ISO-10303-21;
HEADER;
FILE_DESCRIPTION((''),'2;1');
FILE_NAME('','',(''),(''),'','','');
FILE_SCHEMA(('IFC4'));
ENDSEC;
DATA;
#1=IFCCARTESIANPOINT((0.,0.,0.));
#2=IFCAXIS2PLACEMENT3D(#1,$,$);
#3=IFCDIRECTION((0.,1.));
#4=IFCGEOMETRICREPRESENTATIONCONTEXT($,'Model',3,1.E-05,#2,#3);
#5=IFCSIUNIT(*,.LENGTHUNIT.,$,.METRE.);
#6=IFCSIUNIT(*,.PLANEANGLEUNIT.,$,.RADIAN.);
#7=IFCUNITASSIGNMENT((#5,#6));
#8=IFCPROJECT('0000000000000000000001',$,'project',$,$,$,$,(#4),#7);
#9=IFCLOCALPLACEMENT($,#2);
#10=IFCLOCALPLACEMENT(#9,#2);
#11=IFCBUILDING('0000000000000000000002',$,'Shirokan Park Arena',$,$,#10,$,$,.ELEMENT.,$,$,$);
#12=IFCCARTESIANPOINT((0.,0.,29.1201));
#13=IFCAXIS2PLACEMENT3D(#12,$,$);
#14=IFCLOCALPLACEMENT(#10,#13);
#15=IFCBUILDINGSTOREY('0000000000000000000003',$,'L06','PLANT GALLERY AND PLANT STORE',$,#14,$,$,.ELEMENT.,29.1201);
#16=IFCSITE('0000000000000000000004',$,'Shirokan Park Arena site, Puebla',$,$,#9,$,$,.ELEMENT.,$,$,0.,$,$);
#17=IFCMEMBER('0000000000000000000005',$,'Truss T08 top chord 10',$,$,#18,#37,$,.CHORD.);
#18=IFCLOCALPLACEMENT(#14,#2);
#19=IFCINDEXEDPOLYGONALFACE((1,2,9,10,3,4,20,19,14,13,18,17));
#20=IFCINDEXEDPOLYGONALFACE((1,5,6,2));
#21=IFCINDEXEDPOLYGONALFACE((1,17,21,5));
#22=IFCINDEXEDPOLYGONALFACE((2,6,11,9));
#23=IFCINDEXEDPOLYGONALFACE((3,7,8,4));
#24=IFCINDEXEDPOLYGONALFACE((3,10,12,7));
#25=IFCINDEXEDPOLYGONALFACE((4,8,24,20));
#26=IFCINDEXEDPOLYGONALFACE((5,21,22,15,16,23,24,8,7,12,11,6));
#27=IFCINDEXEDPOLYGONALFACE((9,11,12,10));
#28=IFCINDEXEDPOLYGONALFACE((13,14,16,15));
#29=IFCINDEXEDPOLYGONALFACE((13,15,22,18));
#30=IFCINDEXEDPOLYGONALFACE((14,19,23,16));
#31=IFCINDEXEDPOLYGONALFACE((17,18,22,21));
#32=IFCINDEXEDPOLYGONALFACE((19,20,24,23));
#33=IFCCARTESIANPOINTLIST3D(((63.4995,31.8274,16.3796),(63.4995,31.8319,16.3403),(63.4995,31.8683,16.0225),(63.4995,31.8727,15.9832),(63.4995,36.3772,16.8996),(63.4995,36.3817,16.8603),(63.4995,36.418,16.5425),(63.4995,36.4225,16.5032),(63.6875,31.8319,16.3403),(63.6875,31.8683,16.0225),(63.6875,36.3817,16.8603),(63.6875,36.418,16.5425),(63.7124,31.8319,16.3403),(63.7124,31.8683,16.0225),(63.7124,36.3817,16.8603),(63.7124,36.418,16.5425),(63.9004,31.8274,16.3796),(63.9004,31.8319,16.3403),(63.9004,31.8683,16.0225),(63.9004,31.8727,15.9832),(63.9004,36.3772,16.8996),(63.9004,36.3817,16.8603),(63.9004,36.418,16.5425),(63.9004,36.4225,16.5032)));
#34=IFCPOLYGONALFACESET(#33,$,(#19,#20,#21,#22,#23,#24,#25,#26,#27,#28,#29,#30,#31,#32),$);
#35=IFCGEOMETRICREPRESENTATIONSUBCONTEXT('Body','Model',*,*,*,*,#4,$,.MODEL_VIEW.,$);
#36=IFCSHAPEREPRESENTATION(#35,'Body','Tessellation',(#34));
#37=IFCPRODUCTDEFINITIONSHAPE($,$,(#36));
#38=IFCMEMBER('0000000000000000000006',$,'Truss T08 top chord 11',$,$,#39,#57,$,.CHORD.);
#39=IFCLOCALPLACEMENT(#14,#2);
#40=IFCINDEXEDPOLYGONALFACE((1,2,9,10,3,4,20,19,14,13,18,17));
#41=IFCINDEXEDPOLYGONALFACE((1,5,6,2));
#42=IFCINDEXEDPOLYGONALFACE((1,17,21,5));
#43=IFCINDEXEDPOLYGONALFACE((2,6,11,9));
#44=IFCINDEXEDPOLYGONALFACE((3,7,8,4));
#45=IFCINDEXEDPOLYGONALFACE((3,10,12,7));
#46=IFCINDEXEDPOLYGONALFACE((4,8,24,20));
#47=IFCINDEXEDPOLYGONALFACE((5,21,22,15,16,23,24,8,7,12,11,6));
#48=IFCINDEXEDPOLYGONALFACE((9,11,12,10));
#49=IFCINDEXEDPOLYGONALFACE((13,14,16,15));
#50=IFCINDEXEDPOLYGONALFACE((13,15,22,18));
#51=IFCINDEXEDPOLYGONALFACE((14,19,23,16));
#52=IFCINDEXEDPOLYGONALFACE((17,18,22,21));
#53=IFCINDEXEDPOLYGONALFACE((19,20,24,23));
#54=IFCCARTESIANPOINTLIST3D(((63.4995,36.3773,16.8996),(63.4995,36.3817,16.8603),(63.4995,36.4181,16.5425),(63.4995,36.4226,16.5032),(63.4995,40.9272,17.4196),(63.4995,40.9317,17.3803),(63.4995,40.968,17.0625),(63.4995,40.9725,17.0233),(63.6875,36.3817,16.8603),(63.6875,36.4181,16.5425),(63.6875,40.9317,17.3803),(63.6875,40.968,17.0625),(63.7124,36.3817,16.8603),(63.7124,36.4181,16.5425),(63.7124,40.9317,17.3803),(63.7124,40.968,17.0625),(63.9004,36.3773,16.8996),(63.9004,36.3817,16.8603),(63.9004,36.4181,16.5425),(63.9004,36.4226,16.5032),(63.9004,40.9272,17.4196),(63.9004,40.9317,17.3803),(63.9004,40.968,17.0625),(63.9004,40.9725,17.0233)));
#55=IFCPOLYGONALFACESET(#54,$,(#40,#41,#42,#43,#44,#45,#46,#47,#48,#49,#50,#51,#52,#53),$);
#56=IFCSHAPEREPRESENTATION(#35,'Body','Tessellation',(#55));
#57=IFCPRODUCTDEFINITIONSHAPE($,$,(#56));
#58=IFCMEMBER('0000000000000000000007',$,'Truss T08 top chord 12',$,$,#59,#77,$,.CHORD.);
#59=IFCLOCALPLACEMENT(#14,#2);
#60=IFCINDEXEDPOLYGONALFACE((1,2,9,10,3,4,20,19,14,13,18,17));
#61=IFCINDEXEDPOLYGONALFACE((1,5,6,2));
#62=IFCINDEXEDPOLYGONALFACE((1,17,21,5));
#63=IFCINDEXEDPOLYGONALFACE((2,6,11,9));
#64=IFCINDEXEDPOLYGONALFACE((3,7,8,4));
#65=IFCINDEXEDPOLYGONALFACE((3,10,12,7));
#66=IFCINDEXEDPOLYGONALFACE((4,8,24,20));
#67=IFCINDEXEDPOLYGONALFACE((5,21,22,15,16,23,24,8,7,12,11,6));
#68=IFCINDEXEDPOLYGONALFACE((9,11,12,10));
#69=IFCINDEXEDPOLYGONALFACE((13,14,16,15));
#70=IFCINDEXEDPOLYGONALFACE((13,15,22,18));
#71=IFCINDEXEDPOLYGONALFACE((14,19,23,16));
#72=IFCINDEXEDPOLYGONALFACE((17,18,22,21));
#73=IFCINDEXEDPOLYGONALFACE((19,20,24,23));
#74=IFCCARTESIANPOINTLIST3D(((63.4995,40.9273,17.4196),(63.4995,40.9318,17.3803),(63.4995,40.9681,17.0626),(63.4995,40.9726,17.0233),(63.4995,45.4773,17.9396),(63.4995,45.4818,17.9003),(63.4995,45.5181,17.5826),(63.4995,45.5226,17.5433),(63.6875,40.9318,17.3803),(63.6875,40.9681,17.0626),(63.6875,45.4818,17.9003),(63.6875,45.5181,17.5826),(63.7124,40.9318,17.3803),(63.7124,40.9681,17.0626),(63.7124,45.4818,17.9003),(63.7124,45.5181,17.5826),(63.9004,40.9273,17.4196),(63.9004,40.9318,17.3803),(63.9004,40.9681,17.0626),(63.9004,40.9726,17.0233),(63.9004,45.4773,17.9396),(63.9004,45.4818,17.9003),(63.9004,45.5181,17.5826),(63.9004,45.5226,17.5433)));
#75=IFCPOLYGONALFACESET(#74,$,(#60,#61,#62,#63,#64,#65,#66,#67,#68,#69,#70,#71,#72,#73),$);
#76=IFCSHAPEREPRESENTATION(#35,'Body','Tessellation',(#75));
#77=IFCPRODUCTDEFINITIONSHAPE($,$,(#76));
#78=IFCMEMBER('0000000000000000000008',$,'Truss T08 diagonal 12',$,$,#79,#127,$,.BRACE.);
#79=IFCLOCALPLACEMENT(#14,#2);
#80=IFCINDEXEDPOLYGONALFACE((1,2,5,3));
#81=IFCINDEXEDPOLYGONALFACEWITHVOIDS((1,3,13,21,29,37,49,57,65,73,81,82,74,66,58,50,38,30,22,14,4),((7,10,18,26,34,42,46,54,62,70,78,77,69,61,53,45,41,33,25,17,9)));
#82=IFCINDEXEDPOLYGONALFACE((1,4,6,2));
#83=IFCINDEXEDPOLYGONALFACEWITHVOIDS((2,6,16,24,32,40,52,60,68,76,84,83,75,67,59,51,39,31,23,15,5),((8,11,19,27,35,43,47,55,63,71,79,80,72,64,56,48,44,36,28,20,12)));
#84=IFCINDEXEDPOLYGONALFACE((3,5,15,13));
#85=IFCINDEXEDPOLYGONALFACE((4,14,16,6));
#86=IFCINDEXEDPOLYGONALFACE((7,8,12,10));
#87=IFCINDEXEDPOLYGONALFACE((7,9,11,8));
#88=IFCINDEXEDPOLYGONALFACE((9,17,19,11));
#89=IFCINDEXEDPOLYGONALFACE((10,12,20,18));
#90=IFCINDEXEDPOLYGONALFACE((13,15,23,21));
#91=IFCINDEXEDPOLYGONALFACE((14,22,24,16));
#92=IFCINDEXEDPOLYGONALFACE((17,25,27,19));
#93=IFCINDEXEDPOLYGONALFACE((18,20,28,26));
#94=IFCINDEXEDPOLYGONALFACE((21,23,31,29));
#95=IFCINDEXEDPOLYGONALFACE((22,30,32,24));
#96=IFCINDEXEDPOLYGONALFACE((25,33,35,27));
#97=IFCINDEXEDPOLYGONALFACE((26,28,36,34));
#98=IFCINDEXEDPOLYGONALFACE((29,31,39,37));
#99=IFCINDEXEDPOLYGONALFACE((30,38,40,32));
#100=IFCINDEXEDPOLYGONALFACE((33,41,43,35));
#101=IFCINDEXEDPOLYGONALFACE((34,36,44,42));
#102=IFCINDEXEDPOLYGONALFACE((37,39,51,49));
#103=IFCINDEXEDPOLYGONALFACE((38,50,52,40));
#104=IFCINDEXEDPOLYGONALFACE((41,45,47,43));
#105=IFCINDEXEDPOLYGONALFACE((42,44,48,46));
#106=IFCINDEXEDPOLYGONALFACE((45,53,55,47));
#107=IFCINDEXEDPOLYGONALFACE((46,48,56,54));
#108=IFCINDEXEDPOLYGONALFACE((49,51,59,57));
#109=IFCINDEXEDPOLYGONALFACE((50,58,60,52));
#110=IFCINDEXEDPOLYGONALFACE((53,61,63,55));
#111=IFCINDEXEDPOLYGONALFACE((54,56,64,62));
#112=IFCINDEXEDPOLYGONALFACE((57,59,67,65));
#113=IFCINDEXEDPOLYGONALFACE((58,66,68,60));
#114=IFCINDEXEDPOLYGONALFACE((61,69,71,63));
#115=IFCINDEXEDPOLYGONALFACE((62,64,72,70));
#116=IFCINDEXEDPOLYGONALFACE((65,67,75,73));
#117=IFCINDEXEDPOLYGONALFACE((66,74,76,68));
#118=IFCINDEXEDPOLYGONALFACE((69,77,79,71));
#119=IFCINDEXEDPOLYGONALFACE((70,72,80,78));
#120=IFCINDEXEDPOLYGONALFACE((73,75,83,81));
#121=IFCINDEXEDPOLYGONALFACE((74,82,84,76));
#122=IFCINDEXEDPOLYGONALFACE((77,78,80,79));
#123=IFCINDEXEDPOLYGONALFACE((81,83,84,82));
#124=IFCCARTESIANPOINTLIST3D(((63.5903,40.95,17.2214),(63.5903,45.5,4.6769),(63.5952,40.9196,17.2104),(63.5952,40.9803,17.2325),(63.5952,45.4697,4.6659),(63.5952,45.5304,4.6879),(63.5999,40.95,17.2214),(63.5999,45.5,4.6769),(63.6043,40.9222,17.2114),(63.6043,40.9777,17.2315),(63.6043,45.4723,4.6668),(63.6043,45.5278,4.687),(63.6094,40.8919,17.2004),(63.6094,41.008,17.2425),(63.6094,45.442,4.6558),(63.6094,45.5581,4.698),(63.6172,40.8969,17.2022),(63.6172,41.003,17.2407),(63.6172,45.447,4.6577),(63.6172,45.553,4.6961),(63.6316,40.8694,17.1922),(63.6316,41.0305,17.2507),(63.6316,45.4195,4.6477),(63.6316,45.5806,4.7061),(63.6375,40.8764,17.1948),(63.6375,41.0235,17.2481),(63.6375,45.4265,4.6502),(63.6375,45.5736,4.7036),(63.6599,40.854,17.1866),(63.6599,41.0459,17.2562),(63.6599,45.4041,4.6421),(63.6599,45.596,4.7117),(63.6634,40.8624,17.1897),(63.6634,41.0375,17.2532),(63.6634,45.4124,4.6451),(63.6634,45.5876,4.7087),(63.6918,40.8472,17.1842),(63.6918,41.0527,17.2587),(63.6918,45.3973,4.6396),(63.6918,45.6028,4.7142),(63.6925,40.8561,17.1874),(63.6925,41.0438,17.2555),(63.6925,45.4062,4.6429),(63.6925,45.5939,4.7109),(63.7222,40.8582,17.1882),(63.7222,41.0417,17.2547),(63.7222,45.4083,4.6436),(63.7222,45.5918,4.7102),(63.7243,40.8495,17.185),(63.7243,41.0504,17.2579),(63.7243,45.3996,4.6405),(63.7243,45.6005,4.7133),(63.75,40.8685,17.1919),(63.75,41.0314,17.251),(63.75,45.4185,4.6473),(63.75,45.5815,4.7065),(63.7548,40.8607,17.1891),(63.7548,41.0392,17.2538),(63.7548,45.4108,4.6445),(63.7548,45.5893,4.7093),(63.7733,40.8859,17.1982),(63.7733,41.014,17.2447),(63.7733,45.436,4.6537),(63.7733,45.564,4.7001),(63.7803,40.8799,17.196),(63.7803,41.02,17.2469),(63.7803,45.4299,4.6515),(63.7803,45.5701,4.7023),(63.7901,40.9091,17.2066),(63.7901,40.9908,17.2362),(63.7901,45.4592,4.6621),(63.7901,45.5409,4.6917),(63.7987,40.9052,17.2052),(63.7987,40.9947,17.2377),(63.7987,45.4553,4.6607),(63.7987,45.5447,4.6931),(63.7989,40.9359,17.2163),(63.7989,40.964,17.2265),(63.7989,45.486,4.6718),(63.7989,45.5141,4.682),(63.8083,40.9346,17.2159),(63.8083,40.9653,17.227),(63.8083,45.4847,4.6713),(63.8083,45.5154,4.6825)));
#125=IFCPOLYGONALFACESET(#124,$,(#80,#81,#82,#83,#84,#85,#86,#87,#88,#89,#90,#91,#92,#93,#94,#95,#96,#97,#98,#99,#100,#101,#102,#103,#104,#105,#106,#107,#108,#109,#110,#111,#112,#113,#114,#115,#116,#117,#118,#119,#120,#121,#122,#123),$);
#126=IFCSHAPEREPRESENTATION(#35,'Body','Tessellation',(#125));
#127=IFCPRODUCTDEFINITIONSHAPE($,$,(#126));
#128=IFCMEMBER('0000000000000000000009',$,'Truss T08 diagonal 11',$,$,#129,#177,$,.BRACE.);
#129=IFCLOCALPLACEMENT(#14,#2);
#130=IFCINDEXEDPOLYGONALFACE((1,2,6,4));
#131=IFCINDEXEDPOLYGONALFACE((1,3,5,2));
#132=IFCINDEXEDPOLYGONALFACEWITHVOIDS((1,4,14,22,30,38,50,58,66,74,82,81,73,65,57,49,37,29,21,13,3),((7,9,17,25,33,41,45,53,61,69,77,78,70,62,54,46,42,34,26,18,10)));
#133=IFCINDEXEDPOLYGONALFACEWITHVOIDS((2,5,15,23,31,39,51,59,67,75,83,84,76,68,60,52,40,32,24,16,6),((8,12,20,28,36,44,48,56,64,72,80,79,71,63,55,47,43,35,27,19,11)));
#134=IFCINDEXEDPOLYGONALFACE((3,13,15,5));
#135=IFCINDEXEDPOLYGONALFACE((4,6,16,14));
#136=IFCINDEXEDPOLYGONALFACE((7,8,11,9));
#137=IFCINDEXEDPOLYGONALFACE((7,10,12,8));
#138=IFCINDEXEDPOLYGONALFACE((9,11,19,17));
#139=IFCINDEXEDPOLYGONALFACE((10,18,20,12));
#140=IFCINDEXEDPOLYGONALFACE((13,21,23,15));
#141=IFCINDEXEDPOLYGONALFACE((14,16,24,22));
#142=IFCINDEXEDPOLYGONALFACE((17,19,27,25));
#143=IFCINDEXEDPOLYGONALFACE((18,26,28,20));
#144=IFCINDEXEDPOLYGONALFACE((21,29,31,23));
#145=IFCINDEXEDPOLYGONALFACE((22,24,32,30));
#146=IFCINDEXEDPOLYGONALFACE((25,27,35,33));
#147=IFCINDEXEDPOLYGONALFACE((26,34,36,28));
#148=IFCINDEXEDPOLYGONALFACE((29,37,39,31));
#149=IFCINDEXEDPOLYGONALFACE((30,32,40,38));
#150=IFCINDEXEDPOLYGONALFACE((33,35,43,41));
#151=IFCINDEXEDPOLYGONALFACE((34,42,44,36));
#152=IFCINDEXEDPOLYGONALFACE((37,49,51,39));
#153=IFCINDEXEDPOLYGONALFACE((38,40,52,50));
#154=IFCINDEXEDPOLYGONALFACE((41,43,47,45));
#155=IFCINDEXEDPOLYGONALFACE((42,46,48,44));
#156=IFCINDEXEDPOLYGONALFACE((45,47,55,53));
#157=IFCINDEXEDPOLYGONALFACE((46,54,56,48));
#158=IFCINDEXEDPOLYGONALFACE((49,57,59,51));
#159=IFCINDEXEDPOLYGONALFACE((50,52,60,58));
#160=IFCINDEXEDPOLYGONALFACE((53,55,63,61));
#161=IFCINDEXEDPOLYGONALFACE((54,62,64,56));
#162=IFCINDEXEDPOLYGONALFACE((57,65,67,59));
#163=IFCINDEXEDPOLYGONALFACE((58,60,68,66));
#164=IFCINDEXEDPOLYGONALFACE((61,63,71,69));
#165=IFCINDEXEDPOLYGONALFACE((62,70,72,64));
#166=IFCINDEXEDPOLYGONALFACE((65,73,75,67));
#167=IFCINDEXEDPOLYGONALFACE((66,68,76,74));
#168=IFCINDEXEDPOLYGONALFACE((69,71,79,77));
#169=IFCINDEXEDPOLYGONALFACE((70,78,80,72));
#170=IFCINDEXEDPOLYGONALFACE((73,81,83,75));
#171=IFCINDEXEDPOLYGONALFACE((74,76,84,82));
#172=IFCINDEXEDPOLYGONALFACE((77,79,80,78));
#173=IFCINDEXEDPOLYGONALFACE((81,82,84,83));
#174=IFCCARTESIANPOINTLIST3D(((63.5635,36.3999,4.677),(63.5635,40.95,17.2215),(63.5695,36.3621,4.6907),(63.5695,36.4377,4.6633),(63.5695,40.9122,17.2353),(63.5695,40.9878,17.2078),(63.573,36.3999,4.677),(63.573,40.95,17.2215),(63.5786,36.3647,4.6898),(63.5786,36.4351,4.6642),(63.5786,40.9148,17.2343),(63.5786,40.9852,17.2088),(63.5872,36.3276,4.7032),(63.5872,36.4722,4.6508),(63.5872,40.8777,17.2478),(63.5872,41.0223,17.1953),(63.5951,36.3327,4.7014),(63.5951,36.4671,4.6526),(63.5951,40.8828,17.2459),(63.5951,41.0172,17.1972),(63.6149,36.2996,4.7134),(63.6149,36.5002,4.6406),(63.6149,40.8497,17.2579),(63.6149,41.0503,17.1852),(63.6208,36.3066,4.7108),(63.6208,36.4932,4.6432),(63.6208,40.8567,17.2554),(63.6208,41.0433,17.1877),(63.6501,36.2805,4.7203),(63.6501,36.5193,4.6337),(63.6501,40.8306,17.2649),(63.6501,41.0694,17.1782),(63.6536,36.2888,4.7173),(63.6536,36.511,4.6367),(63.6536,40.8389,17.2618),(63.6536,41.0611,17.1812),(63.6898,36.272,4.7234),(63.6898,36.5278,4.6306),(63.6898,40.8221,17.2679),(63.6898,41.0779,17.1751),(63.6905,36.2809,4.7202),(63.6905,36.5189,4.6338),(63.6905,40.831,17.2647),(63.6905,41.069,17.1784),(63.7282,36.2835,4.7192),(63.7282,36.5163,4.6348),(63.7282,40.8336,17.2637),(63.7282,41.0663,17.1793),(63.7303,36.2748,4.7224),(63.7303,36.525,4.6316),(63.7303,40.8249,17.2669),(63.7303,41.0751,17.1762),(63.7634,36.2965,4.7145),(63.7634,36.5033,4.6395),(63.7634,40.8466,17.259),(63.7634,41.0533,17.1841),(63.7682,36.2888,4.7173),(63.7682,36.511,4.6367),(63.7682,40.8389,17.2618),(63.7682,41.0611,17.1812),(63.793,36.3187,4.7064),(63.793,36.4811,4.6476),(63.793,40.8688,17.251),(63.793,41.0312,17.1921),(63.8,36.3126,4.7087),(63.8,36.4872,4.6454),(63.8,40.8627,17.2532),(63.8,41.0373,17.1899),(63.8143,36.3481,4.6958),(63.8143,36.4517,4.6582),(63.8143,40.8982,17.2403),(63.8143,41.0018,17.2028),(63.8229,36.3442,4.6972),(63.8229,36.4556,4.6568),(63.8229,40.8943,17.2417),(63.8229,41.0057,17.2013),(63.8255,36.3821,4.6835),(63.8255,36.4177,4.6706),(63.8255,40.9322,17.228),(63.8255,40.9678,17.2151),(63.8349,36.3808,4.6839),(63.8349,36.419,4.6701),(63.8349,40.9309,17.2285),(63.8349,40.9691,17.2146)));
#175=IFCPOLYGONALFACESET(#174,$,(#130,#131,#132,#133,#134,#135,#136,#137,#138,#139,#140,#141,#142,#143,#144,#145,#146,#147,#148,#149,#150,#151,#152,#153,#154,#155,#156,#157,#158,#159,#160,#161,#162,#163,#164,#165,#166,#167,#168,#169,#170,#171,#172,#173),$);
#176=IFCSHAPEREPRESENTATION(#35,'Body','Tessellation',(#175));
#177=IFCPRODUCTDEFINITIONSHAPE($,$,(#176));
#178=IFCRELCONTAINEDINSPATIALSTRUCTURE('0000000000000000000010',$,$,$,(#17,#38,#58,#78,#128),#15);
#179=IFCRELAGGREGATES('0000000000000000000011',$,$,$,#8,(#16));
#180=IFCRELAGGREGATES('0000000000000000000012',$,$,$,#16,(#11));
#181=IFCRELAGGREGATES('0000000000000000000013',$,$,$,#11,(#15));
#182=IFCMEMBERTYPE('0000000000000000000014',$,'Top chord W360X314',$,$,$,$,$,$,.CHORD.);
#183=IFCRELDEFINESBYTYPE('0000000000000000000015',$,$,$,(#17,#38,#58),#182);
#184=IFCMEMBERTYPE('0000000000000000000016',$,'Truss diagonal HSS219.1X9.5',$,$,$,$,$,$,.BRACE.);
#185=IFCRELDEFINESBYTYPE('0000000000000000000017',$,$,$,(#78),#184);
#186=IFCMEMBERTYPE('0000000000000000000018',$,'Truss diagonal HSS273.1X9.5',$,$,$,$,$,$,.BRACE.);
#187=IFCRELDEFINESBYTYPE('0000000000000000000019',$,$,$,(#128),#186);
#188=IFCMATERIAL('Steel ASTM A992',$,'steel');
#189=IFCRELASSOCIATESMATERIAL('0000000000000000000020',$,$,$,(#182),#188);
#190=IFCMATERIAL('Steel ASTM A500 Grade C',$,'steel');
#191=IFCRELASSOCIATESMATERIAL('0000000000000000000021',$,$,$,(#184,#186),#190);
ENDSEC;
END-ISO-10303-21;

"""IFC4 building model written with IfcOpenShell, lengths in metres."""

from ifc_helpers import new_model, si_unit, direction, frame, origin, origin_2d, place, context, subcontext, project, spatial, hollow_circle, i_section, extrude, material, material_profile, profile_set, type_object, element, save


model = new_model("IFC4")

# Units and contexts
model_context = context("Model", 3, precision=1e-05, world=origin(), true_north=direction((0.0, 1.0)))
body_context = subcontext(model_context, "Body", "Model", "MODEL_VIEW")
ifc_project = project(units=[si_unit("LENGTHUNIT", "METRE"), si_unit("PLANEANGLEUNIT", "RADIAN")], contexts=[model_context])

# Site, building, storey
site_placement = place(None, origin())
site = spatial("IfcSite", under=ifc_project, at=site_placement, Name="Shirokan Park Arena site, Puebla", CompositionType="ELEMENT", RefElevation=0.0)
building_placement = place(site_placement, origin())
building = spatial("IfcBuilding", under=site, at=building_placement, Name="Shirokan Park Arena", CompositionType="ELEMENT")
storey_placement = place(building_placement, frame((0.0, 0.0, 29.1201)))
storey = spatial("IfcBuildingStorey", under=building, at=storey_placement, Name="L06", Description="PLANT GALLERY AND PLANT STORE", CompositionType="ELEMENT", Elevation=29.1201)

# Members
ifc_material_1 = material(Name="Steel ASTM A992", Category="steel")
ifc_material_2 = material(Name="Steel ASTM A500 Grade C", Category="steel")
ifc_material_profile_1 = material_profile(ifc_material_1, i_section(OverallWidth=0.4009, OverallDepth=0.3989, WebThickness=0.0249, FlangeThickness=0.0396, at=origin_2d()), Name="W360X314")
ifc_profile_set_1 = profile_set([ifc_material_profile_1], Name="Steel ASTM A992")
member_type_1 = type_object("IfcMemberType", Name="Top chord W360X314", PredefinedType="CHORD", material=ifc_profile_set_1)
member_1_placement = place(storey_placement, frame((63.7, 31.8501, 16.1814), z_axis=(0.0, 0.993532, 0.113556), x_axis=(-1.0, 0.0, 0.0)))
element("IfcMember", 1, at=member_1_placement, inside=storey, type_object=member_type_1, Name="Truss T08 top chord 10", PredefinedType="CHORD", context=body_context, shape_type="SweptSolid", body=[
    extrude(i_section(OverallWidth=0.4009, OverallDepth=0.3989, WebThickness=0.0249, FlangeThickness=0.0396, at=origin_2d()), origin(), (0.0, 0.0, 1.0), 4.5793),
])
for number, where, z_axis, x_axis, name in (
    (2, (63.7, 36.3999, 16.7014), (0.0, 0.993532, 0.11355), (-1.0, 0.0, 0.0), "Truss T08 top chord 11"),
    (3, (63.7, 40.95, 17.2214), (0.0, 0.993532, 0.11355), (-1.0, 0.0, 0.0), "Truss T08 top chord 12"),
):
    element("IfcMember", number, at=place(storey_placement, frame(where, z_axis=z_axis, x_axis=x_axis)), inside=storey, type_object=member_type_1, Name=name, PredefinedType="CHORD", context=body_context, shape_type="SweptSolid", body=[
        extrude(i_section(OverallWidth=0.4009, OverallDepth=0.3989, WebThickness=0.0249, FlangeThickness=0.0396, at=origin_2d()), origin(), (0.0, 0.0, 1.0), 4.5796),
    ])
ifc_material_profile_2 = material_profile(ifc_material_2, hollow_circle(Radius=0.1096, WallThickness=0.0095, at=origin_2d()), Name="HSS219.1X9.5")
ifc_profile_set_2 = profile_set([ifc_material_profile_2], Name="Steel ASTM A500 Grade C")
member_type_2 = type_object("IfcMemberType", Name="Truss diagonal HSS219.1X9.5", PredefinedType="BRACE", material=ifc_profile_set_2)
member_2_placement = place(storey_placement, frame((63.7, 40.95, 17.2214), z_axis=(0.0, 0.340978, -0.940071), x_axis=(-1.0, 0.0, 0.0)))
element("IfcMember", 4, at=member_2_placement, inside=storey, type_object=member_type_2, Name="Truss T08 diagonal 12", PredefinedType="BRACE", context=body_context, shape_type="SweptSolid", body=[
    extrude(hollow_circle(Radius=0.1096, WallThickness=0.0095, at=origin_2d()), origin(), (0.0, 0.0, 1.0), 13.3442),
])
ifc_material_profile_3 = material_profile(ifc_material_2, hollow_circle(Radius=0.1365, WallThickness=0.0095, at=origin_2d()), Name="HSS273.1X9.5")
ifc_profile_set_3 = profile_set([ifc_material_profile_3], Name="Steel ASTM A500 Grade C")
member_type_3 = type_object("IfcMemberType", Name="Truss diagonal HSS273.1X9.5", PredefinedType="BRACE", material=ifc_profile_set_3)
member_3_placement = place(storey_placement, frame((63.7, 36.3999, 4.677), z_axis=(0.0, 0.340978, 0.940071), x_axis=(-1.0, 0.0, 0.0)))
element("IfcMember", 5, at=member_3_placement, inside=storey, type_object=member_type_3, Name="Truss T08 diagonal 11", PredefinedType="BRACE", context=body_context, shape_type="SweptSolid", body=[
    extrude(hollow_circle(Radius=0.1365, WallThickness=0.0095, at=origin_2d()), origin(), (0.0, 0.0, 1.0), 13.3442),
])

save(model, "model.ifc")
